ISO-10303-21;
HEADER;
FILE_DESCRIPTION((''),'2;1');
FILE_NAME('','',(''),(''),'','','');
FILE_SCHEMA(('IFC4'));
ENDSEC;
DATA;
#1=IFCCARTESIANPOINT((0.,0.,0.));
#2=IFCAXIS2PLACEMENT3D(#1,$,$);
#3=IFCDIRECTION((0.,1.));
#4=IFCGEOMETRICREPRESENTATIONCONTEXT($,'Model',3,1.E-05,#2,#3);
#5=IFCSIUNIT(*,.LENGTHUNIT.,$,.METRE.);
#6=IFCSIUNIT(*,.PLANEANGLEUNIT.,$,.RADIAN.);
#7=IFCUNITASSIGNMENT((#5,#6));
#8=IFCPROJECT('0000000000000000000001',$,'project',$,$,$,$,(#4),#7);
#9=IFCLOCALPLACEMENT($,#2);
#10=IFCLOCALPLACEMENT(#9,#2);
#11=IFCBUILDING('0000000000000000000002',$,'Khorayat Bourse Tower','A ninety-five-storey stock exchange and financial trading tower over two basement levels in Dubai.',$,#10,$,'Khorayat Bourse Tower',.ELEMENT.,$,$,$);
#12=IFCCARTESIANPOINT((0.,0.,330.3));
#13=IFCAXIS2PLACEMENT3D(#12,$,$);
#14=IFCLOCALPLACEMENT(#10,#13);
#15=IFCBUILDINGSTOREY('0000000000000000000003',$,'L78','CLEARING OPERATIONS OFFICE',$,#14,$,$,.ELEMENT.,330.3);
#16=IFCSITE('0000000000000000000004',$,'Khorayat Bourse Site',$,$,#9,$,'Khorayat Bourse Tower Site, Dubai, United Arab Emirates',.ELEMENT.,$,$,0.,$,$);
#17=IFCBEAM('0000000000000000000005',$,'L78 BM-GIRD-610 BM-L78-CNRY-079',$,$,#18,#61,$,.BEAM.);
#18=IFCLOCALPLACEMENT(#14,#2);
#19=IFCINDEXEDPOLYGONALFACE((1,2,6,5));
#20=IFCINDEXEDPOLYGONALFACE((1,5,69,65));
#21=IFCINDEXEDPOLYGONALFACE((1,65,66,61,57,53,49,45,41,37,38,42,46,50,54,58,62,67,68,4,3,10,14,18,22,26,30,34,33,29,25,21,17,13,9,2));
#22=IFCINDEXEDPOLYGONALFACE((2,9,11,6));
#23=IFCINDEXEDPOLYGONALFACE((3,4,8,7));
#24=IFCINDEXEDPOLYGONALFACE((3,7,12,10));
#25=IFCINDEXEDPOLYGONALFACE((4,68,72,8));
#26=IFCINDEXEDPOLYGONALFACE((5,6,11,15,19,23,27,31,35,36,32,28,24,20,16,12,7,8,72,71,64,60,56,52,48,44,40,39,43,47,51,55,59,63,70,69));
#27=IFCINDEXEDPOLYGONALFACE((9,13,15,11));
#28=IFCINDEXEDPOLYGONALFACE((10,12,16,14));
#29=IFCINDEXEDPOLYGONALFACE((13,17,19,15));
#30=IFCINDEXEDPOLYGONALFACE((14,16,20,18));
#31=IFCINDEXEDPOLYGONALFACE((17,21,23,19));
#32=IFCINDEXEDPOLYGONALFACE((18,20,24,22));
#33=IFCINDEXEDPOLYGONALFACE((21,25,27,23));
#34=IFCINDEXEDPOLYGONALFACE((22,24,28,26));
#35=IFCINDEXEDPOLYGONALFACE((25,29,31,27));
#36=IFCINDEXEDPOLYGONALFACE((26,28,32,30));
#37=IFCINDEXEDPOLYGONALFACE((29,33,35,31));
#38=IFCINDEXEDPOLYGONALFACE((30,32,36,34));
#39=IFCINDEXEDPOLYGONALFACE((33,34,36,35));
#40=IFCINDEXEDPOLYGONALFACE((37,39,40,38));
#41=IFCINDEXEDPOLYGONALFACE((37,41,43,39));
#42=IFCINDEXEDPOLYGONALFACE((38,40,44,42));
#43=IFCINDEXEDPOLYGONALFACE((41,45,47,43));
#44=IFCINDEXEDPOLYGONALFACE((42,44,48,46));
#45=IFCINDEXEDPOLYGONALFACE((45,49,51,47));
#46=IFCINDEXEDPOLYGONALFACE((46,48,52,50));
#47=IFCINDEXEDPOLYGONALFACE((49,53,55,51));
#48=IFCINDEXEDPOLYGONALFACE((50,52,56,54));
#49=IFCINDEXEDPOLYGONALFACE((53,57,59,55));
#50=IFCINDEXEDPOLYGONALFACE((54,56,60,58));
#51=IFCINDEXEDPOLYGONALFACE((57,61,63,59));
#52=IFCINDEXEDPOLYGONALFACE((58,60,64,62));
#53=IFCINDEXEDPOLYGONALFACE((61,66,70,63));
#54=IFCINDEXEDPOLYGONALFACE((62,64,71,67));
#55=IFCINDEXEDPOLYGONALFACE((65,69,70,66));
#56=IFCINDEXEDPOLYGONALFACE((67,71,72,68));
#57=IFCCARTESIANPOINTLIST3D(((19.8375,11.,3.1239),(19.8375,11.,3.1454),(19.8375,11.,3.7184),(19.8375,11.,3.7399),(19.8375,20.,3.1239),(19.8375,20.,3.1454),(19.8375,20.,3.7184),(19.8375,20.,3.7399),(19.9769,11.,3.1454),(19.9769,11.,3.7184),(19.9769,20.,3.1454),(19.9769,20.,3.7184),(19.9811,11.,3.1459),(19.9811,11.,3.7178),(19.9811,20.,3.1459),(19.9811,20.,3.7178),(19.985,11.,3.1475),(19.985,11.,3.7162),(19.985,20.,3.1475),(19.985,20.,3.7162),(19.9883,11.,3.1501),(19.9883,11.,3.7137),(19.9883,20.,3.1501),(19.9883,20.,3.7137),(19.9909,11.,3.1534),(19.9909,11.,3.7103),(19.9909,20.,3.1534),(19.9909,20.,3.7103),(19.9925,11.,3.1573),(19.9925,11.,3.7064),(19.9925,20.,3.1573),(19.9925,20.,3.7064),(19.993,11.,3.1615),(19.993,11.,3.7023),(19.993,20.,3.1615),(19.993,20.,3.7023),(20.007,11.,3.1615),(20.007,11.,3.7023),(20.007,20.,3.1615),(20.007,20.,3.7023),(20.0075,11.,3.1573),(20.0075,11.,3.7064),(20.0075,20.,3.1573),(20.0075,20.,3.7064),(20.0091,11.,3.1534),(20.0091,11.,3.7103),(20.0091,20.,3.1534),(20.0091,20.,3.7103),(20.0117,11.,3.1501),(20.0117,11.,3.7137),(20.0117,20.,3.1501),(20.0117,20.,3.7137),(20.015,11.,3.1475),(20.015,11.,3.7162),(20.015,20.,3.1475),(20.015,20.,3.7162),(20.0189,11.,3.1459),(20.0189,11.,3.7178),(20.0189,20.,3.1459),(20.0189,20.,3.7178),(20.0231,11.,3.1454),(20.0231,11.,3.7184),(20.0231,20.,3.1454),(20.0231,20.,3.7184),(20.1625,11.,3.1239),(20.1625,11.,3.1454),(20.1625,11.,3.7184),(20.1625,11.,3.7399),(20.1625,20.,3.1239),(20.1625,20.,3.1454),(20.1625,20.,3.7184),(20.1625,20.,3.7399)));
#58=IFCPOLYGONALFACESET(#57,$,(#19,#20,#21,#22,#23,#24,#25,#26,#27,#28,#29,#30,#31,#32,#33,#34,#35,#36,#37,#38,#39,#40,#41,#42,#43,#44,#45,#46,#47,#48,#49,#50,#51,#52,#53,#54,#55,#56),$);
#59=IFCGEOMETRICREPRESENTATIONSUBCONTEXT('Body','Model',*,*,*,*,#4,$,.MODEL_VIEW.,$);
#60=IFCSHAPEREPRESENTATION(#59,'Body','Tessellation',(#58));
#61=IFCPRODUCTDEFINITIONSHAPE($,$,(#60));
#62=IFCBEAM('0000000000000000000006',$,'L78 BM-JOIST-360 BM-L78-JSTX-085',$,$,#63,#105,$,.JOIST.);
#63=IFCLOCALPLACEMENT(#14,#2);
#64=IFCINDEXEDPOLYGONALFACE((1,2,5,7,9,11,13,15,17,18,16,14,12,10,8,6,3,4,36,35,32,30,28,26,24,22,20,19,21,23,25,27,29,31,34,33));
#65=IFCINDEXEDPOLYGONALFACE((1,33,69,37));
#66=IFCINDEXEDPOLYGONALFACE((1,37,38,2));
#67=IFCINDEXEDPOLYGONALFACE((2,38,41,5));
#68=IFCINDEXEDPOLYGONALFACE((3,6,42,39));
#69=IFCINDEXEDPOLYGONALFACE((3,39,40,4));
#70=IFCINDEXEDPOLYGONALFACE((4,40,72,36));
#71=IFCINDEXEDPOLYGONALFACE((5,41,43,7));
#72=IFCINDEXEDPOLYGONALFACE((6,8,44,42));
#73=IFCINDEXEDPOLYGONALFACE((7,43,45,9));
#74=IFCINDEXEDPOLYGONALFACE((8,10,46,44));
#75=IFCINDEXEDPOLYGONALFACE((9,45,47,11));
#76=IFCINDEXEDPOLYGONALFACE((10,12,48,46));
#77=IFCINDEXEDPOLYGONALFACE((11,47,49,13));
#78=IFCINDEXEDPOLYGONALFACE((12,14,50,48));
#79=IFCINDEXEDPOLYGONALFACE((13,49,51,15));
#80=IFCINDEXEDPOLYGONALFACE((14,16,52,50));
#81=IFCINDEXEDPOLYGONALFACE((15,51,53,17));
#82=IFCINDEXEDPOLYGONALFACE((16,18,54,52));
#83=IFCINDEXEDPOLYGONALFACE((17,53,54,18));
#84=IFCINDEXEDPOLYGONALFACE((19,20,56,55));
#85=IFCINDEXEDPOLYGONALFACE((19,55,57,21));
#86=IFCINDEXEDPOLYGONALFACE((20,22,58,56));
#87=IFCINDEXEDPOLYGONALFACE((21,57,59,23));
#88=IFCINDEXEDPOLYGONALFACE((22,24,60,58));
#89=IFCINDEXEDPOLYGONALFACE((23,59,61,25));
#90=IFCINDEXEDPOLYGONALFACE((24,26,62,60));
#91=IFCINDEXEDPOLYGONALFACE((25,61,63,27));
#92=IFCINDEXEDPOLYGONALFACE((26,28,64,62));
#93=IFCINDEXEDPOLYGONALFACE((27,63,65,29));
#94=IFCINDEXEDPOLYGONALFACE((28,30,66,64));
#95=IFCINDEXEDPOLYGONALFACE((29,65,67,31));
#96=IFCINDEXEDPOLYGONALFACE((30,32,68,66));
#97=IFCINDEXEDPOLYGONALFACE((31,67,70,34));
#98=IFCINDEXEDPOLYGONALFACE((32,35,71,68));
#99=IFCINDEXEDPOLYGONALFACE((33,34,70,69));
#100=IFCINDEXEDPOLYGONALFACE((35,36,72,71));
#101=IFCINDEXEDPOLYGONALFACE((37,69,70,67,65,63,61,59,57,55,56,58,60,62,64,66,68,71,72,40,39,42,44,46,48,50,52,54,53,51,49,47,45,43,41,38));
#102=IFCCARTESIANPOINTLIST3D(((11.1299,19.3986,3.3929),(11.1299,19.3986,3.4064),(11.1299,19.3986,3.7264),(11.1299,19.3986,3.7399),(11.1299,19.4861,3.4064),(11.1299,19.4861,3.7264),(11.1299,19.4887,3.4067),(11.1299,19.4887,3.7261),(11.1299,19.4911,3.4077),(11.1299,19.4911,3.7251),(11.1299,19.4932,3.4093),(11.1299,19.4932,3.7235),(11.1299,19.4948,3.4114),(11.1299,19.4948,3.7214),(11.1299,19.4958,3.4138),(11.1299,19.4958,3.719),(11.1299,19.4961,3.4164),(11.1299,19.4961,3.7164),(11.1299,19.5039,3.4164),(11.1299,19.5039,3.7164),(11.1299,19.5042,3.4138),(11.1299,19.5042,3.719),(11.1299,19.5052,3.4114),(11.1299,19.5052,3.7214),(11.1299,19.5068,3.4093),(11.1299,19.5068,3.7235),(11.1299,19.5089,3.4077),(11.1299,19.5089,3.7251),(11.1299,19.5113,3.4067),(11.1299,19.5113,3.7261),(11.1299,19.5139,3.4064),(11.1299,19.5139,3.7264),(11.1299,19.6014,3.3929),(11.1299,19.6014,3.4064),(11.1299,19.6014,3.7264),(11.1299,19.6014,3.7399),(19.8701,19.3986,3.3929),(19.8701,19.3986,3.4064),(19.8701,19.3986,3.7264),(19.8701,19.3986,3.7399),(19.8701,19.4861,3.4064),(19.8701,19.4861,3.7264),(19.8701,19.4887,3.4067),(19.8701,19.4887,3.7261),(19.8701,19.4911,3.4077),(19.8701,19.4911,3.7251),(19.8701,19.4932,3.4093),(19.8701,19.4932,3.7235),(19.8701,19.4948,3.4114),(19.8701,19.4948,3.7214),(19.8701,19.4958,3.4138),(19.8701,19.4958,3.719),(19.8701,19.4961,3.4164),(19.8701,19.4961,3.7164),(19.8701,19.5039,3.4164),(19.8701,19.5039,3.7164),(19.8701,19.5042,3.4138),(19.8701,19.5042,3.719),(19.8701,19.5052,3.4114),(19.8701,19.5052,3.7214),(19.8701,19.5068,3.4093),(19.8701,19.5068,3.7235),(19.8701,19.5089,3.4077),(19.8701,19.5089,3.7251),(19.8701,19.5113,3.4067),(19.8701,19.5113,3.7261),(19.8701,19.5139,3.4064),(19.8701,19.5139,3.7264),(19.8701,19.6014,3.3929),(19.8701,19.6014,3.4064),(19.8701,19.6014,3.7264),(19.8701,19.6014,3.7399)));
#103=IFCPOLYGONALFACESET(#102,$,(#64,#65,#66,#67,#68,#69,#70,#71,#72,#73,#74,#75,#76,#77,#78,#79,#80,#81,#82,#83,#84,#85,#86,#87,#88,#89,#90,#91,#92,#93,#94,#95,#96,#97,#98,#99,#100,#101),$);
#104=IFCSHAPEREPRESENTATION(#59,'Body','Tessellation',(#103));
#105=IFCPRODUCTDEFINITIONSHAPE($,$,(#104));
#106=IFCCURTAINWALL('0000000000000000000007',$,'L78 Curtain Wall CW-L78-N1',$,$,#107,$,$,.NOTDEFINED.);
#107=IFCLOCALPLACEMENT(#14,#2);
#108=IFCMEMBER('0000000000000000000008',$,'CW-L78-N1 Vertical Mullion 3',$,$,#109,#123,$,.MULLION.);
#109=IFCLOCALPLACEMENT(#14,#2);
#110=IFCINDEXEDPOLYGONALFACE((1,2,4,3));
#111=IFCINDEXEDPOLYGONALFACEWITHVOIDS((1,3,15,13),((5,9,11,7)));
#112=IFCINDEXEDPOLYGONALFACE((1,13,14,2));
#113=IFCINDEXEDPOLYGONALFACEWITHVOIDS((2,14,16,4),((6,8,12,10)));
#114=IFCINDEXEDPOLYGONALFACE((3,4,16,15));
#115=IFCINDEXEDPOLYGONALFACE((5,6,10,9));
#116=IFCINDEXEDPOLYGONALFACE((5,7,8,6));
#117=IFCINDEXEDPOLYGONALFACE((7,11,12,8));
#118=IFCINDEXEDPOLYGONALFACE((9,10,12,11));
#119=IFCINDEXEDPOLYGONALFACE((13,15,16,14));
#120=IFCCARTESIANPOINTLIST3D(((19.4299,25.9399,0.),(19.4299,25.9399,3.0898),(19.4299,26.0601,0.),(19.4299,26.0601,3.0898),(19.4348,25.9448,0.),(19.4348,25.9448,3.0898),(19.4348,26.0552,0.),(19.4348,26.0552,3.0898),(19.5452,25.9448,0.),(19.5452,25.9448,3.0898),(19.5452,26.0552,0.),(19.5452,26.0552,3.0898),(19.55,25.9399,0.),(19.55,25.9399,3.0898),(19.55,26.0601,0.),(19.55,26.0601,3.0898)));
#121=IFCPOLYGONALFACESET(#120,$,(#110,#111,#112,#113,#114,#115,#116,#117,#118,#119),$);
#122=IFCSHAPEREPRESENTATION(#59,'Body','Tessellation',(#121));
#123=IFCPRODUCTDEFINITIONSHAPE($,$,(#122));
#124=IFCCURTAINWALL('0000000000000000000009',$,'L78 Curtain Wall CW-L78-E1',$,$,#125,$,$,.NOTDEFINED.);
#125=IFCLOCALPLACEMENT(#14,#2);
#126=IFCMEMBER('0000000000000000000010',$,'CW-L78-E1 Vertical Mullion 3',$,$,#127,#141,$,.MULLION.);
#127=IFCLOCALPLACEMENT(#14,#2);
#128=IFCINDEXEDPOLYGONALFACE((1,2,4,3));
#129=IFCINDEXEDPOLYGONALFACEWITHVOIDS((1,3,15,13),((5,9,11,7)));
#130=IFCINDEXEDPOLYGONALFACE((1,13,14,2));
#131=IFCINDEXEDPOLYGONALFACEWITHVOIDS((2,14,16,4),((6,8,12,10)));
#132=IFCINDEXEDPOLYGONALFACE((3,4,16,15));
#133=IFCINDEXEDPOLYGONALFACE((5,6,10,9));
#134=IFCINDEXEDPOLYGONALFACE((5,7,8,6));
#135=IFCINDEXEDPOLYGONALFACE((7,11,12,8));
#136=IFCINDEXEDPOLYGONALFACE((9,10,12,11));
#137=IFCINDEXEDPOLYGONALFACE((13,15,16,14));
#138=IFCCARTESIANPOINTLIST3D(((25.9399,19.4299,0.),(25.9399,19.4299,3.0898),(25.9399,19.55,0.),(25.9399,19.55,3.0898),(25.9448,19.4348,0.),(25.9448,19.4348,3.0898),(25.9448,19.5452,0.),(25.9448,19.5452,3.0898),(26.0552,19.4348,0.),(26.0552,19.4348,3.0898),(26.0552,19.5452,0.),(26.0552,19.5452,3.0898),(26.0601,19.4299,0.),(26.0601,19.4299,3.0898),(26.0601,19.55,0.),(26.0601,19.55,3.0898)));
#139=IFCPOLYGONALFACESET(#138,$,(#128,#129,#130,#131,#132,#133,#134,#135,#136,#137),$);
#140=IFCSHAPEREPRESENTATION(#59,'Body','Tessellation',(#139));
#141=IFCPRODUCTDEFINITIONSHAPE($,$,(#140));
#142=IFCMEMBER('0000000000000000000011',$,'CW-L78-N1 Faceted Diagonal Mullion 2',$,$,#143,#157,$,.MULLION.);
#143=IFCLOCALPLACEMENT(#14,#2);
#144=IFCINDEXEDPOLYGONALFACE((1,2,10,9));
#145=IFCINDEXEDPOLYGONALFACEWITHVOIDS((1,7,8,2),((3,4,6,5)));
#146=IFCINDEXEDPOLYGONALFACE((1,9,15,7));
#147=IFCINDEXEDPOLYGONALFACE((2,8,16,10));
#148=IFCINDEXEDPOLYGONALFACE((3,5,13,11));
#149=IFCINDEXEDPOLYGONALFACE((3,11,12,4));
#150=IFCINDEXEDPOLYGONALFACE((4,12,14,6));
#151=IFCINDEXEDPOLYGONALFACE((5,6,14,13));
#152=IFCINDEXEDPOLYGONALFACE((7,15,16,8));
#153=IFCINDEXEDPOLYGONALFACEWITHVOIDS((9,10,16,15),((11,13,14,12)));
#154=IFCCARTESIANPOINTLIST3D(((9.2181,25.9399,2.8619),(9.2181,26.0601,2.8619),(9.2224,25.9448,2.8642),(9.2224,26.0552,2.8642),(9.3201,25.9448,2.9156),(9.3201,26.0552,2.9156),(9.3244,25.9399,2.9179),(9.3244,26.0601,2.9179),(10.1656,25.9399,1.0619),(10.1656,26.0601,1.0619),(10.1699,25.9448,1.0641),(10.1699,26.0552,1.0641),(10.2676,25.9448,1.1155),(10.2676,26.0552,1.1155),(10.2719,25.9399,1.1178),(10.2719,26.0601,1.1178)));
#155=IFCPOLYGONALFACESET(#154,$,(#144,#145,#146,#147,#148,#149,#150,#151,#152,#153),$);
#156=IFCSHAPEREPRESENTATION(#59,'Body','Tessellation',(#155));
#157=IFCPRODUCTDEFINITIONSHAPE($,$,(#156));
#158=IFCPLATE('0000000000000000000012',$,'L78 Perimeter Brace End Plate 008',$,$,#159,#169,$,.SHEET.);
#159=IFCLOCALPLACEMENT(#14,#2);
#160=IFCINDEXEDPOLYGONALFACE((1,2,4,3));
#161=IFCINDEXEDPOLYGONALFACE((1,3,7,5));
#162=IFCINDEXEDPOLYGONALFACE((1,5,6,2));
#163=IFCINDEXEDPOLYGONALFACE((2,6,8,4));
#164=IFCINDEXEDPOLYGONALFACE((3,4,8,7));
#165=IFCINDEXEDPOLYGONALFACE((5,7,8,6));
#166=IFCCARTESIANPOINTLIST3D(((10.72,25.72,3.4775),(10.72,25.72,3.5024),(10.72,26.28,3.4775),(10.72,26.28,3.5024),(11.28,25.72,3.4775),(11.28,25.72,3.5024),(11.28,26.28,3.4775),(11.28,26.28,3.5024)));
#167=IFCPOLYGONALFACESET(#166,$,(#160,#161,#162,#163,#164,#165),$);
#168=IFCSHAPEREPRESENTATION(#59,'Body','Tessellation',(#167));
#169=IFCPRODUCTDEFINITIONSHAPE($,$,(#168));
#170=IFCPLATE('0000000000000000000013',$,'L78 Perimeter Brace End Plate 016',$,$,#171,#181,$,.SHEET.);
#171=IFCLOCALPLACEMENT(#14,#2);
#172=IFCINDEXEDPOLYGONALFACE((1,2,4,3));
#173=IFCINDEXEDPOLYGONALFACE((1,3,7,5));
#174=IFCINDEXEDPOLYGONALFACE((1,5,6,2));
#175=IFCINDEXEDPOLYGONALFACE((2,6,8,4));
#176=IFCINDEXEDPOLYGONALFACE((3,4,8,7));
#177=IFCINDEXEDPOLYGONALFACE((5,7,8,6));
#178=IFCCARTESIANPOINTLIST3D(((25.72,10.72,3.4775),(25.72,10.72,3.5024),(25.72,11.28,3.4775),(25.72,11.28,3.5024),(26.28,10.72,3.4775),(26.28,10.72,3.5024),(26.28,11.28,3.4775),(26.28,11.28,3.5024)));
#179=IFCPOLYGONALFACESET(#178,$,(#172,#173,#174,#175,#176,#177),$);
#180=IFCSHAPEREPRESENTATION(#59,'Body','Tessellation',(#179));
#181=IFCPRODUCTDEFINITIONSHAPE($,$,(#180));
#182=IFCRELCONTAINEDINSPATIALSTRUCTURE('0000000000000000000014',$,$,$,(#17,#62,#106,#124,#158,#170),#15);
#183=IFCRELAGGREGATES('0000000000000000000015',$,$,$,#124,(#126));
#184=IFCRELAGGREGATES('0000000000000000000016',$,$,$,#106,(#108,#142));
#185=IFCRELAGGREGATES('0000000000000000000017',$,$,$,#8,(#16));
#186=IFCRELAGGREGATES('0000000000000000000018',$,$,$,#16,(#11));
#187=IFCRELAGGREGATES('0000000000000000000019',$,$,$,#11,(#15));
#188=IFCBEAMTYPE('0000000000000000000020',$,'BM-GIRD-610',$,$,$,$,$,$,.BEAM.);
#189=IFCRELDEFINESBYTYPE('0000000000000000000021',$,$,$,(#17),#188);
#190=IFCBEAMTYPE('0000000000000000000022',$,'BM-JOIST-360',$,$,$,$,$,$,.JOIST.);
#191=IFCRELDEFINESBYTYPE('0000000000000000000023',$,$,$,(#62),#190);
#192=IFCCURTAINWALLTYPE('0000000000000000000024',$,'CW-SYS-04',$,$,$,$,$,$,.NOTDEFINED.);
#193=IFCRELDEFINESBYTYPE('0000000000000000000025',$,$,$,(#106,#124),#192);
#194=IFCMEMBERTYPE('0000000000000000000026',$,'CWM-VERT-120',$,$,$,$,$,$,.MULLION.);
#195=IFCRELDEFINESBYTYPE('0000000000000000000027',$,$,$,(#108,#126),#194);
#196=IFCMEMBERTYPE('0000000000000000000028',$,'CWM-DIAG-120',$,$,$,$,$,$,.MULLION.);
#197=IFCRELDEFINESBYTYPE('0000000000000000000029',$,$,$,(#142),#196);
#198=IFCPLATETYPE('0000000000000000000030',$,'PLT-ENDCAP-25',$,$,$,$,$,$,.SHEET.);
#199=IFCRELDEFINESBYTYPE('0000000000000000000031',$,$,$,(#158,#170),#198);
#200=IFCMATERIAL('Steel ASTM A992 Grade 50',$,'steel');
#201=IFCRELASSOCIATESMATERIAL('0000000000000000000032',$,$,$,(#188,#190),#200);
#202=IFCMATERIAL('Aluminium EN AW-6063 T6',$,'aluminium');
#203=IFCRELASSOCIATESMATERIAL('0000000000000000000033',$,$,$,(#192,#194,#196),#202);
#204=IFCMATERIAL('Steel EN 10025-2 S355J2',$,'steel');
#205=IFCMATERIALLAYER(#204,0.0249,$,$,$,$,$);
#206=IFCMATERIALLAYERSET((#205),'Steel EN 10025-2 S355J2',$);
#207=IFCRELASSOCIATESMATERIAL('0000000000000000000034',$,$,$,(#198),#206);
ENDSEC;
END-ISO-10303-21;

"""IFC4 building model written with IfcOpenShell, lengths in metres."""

from ifc_helpers import new_model, si_unit, direction, frame, origin, origin_2d, place, context, subcontext, project, spatial, rectangle, hollow_rectangle, i_section, extrude, source, transform, mapped, material, layer, layer_set, material_profile, profile_set, type_object, element, aggregate, save


model = new_model("IFC4")

# Units and contexts
model_context = context("Model", 3, precision=1e-05, world=origin(), true_north=direction((0.0, 1.0)))
body_context = subcontext(model_context, "Body", "Model", "MODEL_VIEW")
ifc_project = project(units=[si_unit("LENGTHUNIT", "METRE"), si_unit("PLANEANGLEUNIT", "RADIAN")], contexts=[model_context])

# Site, building, storey
site_placement = place(None, origin())
site = spatial("IfcSite", under=ifc_project, at=site_placement, Name="Khorayat Bourse Site", LongName="Khorayat Bourse Tower Site, Dubai, United Arab Emirates", CompositionType="ELEMENT", RefElevation=0.0)
building_placement = place(site_placement, origin())
building = spatial("IfcBuilding", under=site, at=building_placement, Name="Khorayat Bourse Tower", Description="A ninety-five-storey stock exchange and financial trading tower over two basement levels in Dubai.", LongName="Khorayat Bourse Tower", CompositionType="ELEMENT")
storey_placement = place(building_placement, frame((0.0, 0.0, 330.3)))
storey = spatial("IfcBuildingStorey", under=building, at=storey_placement, Name="L78", Description="CLEARING OPERATIONS OFFICE", CompositionType="ELEMENT", Elevation=330.3)

# Shared definitions
ifc_material_1 = material(Name="Steel EN 10025-2 S355J2", Category="steel")

# Beams
ifc_material_2 = material(Name="Steel ASTM A992 Grade 50", Category="steel")
ifc_material_profile_1 = material_profile(ifc_material_2, i_section(OverallWidth=0.325, OverallDepth=0.616, WebThickness=0.0139, FlangeThickness=0.0215, FilletRadius=0.0161, at=origin_2d()), Name="W610X174")
ifc_profile_set_1 = profile_set([ifc_material_profile_1], Name="Steel ASTM A992 Grade 50")
beam_type_1 = type_object("IfcBeamType", Name="BM-GIRD-610", PredefinedType="BEAM", material=ifc_profile_set_1)
shared_shape_1 = source(origin(), body_context, "Body", "SweptSolid", [
    extrude(i_section(OverallWidth=0.325, OverallDepth=0.616, WebThickness=0.0139, FlangeThickness=0.0215, FilletRadius=0.0161, at=origin_2d()), origin(), (0.0, 0.0, 1.0), 9.0),
])
beam_1_placement = place(storey_placement, frame((20.0, 11.0, 3.4319), z_axis=(0.0, 1.0, 0.0), x_axis=(-1.0, 0.0, 0.0)))
element("IfcBeam", 1, at=beam_1_placement, inside=storey, type_object=beam_type_1, Name="L78 BM-GIRD-610 BM-L78-CNRY-079", PredefinedType="BEAM", context=body_context, shape_type="MappedRepresentation", body=[
    mapped(shared_shape_1, transform((0.0, 0.0, 0.0), scale=1.0)),
])
ifc_material_profile_2 = material_profile(ifc_material_2, i_section(OverallWidth=0.2029, OverallDepth=0.3469, WebThickness=0.0078, FlangeThickness=0.0134, FilletRadius=0.01, at=origin_2d()), Name="W360X64")
ifc_profile_set_2 = profile_set([ifc_material_profile_2], Name="Steel ASTM A992 Grade 50")
beam_type_2 = type_object("IfcBeamType", Name="BM-JOIST-360", PredefinedType="JOIST", material=ifc_profile_set_2)
shared_shape_2 = source(origin(), body_context, "Body", "SweptSolid", [
    extrude(i_section(OverallWidth=0.2029, OverallDepth=0.3469, WebThickness=0.0078, FlangeThickness=0.0134, FilletRadius=0.01, at=origin_2d()), origin(), (0.0, 0.0, 1.0), 8.7402),
])
beam_2_placement = place(storey_placement, frame((11.1299, 19.5, 3.5664), z_axis=(1.0, 0.0, 0.0), x_axis=(0.0, 1.0, 0.0)))
element("IfcBeam", 2, at=beam_2_placement, inside=storey, type_object=beam_type_2, Name="L78 BM-JOIST-360 BM-L78-JSTX-085", PredefinedType="JOIST", context=body_context, shape_type="MappedRepresentation", body=[
    mapped(shared_shape_2, transform((0.0, 0.0, 0.0), scale=1.0)),
])

# Curtain walls, members
ifc_material_3 = material(Name="Aluminium EN AW-6063 T6", Category="aluminium")
curtain_wall_type = type_object("IfcCurtainWallType", Name="CW-SYS-04", PredefinedType="NOTDEFINED", material=ifc_material_3)
curtain_wall_1_placement = place(storey_placement, origin())
curtain_wall_1 = element("IfcCurtainWall", 3, at=curtain_wall_1_placement, inside=storey, type_object=curtain_wall_type, Name="L78 Curtain Wall CW-L78-N1", PredefinedType="NOTDEFINED")
ifc_material_profile_3 = material_profile(ifc_material_3, hollow_rectangle(XDim=0.1201, YDim=0.1201, WallThickness=0.0049, at=origin_2d()), Name="ALU 120x120x5")
ifc_profile_set_3 = profile_set([ifc_material_profile_3], Name="Aluminium EN AW-6063 T6")
member_type_1 = type_object("IfcMemberType", Name="CWM-VERT-120", PredefinedType="MULLION", material=ifc_profile_set_3)
shared_shape_3 = source(origin(), body_context, "Body", "SweptSolid", [
    extrude(hollow_rectangle(XDim=0.1201, YDim=0.1201, WallThickness=0.0049, at=origin_2d()), origin(), (0.0, 0.0, 1.0), 3.0898),
])
member_1_placement = place(storey_placement, frame((19.49, 26.0, 0.0), z_axis=(0.0, 0.0, 1.0), x_axis=(0.0, 1.0, 0.0)))
member_1 = element("IfcMember", 4, at=member_1_placement, type_object=member_type_1, Name="CW-L78-N1 Vertical Mullion 3", PredefinedType="MULLION", context=body_context, shape_type="MappedRepresentation", body=[
    mapped(shared_shape_3, transform((0.0, 0.0, 0.0), scale=1.0)),
])
curtain_wall_2_placement = place(storey_placement, origin())
curtain_wall_2 = element("IfcCurtainWall", 5, at=curtain_wall_2_placement, inside=storey, type_object=curtain_wall_type, Name="L78 Curtain Wall CW-L78-E1", PredefinedType="NOTDEFINED")
member_2_placement = place(storey_placement, frame((26.0, 19.49, 0.0), z_axis=(0.0, 0.0, 1.0), x_axis=(-1.0, 0.0, 0.0)))
member_2 = element("IfcMember", 6, at=member_2_placement, type_object=member_type_1, Name="CW-L78-E1 Vertical Mullion 3", PredefinedType="MULLION", context=body_context, shape_type="MappedRepresentation", body=[
    mapped(shared_shape_3, transform((0.0, 0.0, 0.0), scale=1.0)),
])
aggregate(curtain_wall_2, [member_2])

# Member
ifc_material_profile_4 = material_profile(ifc_material_3, hollow_rectangle(XDim=0.1201, YDim=0.1201, WallThickness=0.0049, at=origin_2d()), Name="ALU 120x120x5")
ifc_profile_set_4 = profile_set([ifc_material_profile_4], Name="Aluminium EN AW-6063 T6")
member_type_2 = type_object("IfcMemberType", Name="CWM-DIAG-120", PredefinedType="MULLION", material=ifc_profile_set_4)
shared_shape_4 = source(origin(), body_context, "Body", "SweptSolid", [
    extrude(hollow_rectangle(XDim=0.1201, YDim=0.1201, WallThickness=0.0049, at=origin_2d()), origin(), (0.0, 0.0, 1.0), 2.0342),
])
member_3_placement = place(storey_placement, frame((10.2188, 26.0, 1.0898), z_axis=(-0.465791, 0.0, 0.884895), x_axis=(0.0, -1.0, 0.0)))
member_3 = element("IfcMember", 7, at=member_3_placement, type_object=member_type_2, Name="CW-L78-N1 Faceted Diagonal Mullion 2", PredefinedType="MULLION", context=body_context, shape_type="MappedRepresentation", body=[
    mapped(shared_shape_4, transform((0.0, 0.0, 0.0), scale=1.0)),
])
aggregate(curtain_wall_1, [member_1, member_3])

# Plates
ifc_layer_1 = layer(ifc_material_1, 0.0249)
ifc_layer_set_1 = layer_set([ifc_layer_1], Name="Steel EN 10025-2 S355J2")
plate_type = type_object("IfcPlateType", Name="PLT-ENDCAP-25", PredefinedType="SHEET", material=ifc_layer_set_1)
shared_shape_5 = source(origin(), body_context, "Body", "SweptSolid", [
    extrude(rectangle(XDim=0.5601, YDim=0.5601, at=origin_2d()), origin(), (0.0, 0.0, 1.0), 0.0249),
])
for number, where, z_axis, x_axis, name in (
    (8, (11.0, 26.0, 3.4775), (0.0, 0.0, 1.0), (1.0, 0.0, 0.0), "L78 Perimeter Brace End Plate 008"),
    (9, (26.0, 11.0, 3.4775), (0.0, 0.0, 1.0), (1.0, 0.0, 0.0), "L78 Perimeter Brace End Plate 016"),
):
    element("IfcPlate", number, at=place(storey_placement, frame(where, z_axis=z_axis, x_axis=x_axis)), inside=storey, type_object=plate_type, Name=name, PredefinedType="SHEET", context=body_context, shape_type="MappedRepresentation", body=[
        mapped(shared_shape_5, transform((0.0, 0.0, 0.0), scale=1.0)),
    ])

save(model, "model.ifc")
